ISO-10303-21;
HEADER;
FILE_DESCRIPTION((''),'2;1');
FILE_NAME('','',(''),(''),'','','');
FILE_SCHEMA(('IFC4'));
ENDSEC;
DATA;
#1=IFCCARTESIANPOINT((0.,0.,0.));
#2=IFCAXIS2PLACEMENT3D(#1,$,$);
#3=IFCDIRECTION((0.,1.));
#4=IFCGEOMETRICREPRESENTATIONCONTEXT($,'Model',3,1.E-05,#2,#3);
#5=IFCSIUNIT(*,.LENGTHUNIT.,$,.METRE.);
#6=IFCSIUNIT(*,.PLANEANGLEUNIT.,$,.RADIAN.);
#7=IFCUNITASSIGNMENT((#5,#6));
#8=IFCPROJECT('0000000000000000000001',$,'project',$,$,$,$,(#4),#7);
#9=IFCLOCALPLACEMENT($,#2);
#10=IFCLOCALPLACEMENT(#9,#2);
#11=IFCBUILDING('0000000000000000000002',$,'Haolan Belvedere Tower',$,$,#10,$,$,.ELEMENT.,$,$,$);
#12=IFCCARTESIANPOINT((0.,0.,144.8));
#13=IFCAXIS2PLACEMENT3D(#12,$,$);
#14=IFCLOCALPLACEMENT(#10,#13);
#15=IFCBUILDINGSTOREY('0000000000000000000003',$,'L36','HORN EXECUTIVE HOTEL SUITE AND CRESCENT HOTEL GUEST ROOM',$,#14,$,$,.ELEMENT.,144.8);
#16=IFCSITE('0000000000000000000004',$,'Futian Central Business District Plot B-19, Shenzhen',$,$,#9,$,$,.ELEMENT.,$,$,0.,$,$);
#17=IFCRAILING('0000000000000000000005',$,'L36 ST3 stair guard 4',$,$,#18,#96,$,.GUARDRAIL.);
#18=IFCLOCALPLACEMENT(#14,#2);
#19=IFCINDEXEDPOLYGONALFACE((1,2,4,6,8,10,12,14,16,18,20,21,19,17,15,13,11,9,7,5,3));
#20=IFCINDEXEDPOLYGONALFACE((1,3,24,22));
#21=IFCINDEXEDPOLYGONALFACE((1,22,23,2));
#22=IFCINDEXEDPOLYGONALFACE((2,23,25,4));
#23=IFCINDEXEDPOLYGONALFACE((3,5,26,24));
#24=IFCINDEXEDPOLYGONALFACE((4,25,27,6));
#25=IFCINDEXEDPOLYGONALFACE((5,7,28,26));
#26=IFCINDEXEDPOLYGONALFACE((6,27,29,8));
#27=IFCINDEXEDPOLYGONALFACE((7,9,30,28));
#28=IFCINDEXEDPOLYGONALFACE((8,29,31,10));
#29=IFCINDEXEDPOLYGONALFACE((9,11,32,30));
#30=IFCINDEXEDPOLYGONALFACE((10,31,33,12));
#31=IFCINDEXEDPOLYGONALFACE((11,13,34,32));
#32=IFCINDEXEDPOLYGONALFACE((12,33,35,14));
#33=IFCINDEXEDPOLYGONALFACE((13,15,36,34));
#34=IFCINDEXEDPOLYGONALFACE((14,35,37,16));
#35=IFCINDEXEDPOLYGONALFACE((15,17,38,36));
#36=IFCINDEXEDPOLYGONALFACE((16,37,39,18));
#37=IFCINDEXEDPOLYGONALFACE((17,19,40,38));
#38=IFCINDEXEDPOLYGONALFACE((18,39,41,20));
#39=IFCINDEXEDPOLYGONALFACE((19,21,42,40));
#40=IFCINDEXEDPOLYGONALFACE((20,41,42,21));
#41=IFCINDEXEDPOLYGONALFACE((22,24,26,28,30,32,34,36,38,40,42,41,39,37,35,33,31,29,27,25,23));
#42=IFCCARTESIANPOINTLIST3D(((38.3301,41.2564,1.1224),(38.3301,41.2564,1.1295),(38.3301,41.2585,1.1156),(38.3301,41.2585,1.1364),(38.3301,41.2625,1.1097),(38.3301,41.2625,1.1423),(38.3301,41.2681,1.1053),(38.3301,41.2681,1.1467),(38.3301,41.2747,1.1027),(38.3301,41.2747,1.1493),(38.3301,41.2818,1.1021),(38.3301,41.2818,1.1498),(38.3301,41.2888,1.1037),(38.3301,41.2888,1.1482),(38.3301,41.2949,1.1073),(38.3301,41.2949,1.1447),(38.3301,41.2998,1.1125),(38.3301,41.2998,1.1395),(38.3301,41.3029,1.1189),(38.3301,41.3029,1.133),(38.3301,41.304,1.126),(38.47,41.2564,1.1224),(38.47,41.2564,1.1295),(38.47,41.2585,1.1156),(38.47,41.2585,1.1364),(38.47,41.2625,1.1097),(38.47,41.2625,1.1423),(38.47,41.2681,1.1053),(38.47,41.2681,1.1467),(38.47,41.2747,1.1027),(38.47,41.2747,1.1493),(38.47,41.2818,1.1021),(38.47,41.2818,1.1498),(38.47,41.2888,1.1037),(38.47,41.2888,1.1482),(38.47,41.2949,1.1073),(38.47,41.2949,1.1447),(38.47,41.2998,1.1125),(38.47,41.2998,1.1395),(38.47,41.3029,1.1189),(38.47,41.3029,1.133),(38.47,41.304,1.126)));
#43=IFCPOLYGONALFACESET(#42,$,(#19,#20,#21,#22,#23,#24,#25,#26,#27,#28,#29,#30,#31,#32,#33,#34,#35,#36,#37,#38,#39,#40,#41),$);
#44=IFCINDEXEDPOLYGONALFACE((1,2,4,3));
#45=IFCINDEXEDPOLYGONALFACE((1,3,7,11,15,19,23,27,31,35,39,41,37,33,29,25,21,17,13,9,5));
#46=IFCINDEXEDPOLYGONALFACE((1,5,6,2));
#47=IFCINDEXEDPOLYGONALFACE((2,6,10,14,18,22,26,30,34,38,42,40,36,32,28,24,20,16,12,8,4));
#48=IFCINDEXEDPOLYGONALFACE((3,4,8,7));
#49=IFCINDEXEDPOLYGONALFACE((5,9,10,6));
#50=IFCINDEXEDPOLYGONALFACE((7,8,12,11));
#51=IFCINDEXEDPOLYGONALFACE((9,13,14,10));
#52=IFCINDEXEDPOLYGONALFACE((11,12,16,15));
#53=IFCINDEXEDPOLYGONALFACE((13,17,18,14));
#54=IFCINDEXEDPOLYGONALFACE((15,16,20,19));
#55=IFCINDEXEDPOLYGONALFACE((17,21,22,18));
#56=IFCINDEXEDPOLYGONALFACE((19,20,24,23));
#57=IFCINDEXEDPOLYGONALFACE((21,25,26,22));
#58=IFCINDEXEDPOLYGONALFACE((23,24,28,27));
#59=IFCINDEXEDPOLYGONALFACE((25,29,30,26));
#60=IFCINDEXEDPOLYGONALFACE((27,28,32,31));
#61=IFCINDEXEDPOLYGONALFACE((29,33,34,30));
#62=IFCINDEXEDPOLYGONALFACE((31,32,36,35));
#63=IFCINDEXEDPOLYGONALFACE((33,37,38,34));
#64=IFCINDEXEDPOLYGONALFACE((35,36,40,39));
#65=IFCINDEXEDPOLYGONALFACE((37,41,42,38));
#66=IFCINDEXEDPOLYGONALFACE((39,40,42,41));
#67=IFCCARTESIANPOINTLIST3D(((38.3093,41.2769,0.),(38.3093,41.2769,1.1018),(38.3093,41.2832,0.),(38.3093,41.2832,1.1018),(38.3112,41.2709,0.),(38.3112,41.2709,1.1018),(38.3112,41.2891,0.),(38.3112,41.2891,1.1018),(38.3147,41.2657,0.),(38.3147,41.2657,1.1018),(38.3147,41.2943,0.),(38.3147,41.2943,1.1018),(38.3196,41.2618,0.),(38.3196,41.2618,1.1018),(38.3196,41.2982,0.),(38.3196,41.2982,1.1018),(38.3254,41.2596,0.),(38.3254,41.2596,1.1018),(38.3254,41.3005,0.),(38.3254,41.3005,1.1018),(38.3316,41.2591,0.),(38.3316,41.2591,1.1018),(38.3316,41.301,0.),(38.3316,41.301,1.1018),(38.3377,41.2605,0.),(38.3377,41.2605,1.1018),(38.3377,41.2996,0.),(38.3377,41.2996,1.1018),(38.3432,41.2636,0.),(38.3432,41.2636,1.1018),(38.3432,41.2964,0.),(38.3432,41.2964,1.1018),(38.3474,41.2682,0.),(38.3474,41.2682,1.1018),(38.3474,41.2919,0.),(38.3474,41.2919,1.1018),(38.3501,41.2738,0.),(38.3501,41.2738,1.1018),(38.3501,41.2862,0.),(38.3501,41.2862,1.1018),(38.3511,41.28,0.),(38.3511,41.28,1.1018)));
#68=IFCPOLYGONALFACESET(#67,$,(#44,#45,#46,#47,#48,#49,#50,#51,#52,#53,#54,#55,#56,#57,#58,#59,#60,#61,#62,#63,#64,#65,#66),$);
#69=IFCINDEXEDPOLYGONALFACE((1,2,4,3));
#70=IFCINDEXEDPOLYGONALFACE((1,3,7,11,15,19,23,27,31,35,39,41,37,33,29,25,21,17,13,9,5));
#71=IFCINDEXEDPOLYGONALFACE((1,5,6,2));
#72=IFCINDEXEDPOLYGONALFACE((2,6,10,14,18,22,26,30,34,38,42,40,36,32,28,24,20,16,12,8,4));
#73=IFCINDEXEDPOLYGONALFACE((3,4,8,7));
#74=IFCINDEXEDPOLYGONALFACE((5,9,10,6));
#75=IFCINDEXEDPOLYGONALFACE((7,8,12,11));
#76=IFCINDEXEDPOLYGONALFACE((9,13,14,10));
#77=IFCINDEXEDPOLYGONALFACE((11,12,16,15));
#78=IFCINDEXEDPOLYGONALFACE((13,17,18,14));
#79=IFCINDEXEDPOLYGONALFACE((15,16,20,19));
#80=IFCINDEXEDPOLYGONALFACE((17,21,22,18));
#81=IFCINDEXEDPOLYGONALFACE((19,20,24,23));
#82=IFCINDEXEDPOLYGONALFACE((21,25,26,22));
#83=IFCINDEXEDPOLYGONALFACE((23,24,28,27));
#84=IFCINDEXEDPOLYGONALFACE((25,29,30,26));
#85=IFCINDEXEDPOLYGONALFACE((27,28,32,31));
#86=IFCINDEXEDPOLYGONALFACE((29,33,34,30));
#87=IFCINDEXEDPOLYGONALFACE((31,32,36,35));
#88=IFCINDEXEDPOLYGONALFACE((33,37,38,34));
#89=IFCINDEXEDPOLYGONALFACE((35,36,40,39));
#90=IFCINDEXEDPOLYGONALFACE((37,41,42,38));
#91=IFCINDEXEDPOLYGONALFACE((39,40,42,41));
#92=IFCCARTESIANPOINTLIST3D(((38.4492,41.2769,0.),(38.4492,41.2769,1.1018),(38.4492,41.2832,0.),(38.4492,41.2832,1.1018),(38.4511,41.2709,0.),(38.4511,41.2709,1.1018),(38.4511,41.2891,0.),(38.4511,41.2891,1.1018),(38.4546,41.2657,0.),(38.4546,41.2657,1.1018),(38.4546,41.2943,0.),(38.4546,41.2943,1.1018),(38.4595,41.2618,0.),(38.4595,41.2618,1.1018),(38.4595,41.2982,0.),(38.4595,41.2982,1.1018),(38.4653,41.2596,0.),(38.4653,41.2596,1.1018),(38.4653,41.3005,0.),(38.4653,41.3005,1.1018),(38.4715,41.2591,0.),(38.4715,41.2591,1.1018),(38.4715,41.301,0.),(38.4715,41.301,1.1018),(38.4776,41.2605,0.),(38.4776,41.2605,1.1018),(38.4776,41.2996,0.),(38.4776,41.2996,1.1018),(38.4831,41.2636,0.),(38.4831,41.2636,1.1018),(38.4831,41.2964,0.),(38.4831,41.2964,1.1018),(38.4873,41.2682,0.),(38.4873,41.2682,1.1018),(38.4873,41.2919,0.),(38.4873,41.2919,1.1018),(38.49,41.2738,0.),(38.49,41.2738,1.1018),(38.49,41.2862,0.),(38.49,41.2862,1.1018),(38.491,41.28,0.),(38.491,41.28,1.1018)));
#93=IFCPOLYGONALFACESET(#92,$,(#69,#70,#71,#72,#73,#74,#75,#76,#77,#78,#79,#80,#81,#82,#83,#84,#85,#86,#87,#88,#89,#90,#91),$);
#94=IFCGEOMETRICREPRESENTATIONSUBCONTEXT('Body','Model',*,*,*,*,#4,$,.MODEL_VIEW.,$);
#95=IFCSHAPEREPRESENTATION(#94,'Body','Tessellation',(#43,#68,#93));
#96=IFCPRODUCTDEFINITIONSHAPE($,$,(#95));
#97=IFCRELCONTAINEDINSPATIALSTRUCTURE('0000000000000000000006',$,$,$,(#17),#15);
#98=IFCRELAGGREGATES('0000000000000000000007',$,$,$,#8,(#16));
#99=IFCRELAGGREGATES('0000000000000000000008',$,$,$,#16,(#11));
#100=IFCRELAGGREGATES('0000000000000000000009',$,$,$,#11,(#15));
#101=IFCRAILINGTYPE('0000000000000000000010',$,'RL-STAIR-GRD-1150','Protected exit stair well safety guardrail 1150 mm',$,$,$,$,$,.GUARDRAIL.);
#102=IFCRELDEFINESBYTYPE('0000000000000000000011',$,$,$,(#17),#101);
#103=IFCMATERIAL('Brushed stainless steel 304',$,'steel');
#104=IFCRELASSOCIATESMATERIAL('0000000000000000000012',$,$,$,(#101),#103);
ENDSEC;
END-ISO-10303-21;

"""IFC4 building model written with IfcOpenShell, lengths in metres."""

from ifc_helpers import new_model, si_unit, direction, frame, origin, origin_2d, place, context, subcontext, project, spatial, circle, extrude, material, type_object, element, save


model = new_model("IFC4")

# Units and contexts
model_context = context("Model", 3, precision=1e-05, world=origin(), true_north=direction((0.0, 1.0)))
body_context = subcontext(model_context, "Body", "Model", "MODEL_VIEW")
ifc_project = project(units=[si_unit("LENGTHUNIT", "METRE"), si_unit("PLANEANGLEUNIT", "RADIAN")], contexts=[model_context])

# Site, building, storey
site_placement = place(None, origin())
site = spatial("IfcSite", under=ifc_project, at=site_placement, Name="Futian Central Business District Plot B-19, Shenzhen", CompositionType="ELEMENT", RefElevation=0.0)
building_placement = place(site_placement, origin())
building = spatial("IfcBuilding", under=site, at=building_placement, Name="Haolan Belvedere Tower", CompositionType="ELEMENT")
storey_placement = place(building_placement, frame((0.0, 0.0, 144.8)))
storey = spatial("IfcBuildingStorey", under=building, at=storey_placement, Name="L36", Description="HORN EXECUTIVE HOTEL SUITE AND CRESCENT HOTEL GUEST ROOM", CompositionType="ELEMENT", Elevation=144.8)

# Railing
ifc_material_1 = material(Name="Brushed stainless steel 304", Category="steel")
railing_type_1 = type_object("IfcRailingType", Name="RL-STAIR-GRD-1150", Description="Protected exit stair well safety guardrail 1150 mm", PredefinedType="GUARDRAIL", material=ifc_material_1)
railing_1_placement = place(storey_placement, frame((38.3301, 41.28, 0.0)))
element("IfcRailing", 1, at=railing_1_placement, inside=storey, type_object=railing_type_1, Name="L36 ST3 stair guard 4", PredefinedType="GUARDRAIL", context=body_context, shape_type="SweptSolid", body=[
    extrude(circle(Radius=0.0239, at=origin_2d()), frame((0.0, 0.0, 1.126), z_axis=(1.0, 0.0, 0.0), x_axis=(0.0, 1.0, 0.0)), (0.0, 0.0, 1.0), 0.1399),
    extrude(circle(Radius=0.021, at=origin_2d()), origin(), (0.0, 0.0, 1.0), 1.1018),
    extrude(circle(Radius=0.021, at=origin_2d()), frame((0.1399, 0.0, 0.0)), (0.0, 0.0, 1.0), 1.1018),
])

save(model, "model.ifc")
